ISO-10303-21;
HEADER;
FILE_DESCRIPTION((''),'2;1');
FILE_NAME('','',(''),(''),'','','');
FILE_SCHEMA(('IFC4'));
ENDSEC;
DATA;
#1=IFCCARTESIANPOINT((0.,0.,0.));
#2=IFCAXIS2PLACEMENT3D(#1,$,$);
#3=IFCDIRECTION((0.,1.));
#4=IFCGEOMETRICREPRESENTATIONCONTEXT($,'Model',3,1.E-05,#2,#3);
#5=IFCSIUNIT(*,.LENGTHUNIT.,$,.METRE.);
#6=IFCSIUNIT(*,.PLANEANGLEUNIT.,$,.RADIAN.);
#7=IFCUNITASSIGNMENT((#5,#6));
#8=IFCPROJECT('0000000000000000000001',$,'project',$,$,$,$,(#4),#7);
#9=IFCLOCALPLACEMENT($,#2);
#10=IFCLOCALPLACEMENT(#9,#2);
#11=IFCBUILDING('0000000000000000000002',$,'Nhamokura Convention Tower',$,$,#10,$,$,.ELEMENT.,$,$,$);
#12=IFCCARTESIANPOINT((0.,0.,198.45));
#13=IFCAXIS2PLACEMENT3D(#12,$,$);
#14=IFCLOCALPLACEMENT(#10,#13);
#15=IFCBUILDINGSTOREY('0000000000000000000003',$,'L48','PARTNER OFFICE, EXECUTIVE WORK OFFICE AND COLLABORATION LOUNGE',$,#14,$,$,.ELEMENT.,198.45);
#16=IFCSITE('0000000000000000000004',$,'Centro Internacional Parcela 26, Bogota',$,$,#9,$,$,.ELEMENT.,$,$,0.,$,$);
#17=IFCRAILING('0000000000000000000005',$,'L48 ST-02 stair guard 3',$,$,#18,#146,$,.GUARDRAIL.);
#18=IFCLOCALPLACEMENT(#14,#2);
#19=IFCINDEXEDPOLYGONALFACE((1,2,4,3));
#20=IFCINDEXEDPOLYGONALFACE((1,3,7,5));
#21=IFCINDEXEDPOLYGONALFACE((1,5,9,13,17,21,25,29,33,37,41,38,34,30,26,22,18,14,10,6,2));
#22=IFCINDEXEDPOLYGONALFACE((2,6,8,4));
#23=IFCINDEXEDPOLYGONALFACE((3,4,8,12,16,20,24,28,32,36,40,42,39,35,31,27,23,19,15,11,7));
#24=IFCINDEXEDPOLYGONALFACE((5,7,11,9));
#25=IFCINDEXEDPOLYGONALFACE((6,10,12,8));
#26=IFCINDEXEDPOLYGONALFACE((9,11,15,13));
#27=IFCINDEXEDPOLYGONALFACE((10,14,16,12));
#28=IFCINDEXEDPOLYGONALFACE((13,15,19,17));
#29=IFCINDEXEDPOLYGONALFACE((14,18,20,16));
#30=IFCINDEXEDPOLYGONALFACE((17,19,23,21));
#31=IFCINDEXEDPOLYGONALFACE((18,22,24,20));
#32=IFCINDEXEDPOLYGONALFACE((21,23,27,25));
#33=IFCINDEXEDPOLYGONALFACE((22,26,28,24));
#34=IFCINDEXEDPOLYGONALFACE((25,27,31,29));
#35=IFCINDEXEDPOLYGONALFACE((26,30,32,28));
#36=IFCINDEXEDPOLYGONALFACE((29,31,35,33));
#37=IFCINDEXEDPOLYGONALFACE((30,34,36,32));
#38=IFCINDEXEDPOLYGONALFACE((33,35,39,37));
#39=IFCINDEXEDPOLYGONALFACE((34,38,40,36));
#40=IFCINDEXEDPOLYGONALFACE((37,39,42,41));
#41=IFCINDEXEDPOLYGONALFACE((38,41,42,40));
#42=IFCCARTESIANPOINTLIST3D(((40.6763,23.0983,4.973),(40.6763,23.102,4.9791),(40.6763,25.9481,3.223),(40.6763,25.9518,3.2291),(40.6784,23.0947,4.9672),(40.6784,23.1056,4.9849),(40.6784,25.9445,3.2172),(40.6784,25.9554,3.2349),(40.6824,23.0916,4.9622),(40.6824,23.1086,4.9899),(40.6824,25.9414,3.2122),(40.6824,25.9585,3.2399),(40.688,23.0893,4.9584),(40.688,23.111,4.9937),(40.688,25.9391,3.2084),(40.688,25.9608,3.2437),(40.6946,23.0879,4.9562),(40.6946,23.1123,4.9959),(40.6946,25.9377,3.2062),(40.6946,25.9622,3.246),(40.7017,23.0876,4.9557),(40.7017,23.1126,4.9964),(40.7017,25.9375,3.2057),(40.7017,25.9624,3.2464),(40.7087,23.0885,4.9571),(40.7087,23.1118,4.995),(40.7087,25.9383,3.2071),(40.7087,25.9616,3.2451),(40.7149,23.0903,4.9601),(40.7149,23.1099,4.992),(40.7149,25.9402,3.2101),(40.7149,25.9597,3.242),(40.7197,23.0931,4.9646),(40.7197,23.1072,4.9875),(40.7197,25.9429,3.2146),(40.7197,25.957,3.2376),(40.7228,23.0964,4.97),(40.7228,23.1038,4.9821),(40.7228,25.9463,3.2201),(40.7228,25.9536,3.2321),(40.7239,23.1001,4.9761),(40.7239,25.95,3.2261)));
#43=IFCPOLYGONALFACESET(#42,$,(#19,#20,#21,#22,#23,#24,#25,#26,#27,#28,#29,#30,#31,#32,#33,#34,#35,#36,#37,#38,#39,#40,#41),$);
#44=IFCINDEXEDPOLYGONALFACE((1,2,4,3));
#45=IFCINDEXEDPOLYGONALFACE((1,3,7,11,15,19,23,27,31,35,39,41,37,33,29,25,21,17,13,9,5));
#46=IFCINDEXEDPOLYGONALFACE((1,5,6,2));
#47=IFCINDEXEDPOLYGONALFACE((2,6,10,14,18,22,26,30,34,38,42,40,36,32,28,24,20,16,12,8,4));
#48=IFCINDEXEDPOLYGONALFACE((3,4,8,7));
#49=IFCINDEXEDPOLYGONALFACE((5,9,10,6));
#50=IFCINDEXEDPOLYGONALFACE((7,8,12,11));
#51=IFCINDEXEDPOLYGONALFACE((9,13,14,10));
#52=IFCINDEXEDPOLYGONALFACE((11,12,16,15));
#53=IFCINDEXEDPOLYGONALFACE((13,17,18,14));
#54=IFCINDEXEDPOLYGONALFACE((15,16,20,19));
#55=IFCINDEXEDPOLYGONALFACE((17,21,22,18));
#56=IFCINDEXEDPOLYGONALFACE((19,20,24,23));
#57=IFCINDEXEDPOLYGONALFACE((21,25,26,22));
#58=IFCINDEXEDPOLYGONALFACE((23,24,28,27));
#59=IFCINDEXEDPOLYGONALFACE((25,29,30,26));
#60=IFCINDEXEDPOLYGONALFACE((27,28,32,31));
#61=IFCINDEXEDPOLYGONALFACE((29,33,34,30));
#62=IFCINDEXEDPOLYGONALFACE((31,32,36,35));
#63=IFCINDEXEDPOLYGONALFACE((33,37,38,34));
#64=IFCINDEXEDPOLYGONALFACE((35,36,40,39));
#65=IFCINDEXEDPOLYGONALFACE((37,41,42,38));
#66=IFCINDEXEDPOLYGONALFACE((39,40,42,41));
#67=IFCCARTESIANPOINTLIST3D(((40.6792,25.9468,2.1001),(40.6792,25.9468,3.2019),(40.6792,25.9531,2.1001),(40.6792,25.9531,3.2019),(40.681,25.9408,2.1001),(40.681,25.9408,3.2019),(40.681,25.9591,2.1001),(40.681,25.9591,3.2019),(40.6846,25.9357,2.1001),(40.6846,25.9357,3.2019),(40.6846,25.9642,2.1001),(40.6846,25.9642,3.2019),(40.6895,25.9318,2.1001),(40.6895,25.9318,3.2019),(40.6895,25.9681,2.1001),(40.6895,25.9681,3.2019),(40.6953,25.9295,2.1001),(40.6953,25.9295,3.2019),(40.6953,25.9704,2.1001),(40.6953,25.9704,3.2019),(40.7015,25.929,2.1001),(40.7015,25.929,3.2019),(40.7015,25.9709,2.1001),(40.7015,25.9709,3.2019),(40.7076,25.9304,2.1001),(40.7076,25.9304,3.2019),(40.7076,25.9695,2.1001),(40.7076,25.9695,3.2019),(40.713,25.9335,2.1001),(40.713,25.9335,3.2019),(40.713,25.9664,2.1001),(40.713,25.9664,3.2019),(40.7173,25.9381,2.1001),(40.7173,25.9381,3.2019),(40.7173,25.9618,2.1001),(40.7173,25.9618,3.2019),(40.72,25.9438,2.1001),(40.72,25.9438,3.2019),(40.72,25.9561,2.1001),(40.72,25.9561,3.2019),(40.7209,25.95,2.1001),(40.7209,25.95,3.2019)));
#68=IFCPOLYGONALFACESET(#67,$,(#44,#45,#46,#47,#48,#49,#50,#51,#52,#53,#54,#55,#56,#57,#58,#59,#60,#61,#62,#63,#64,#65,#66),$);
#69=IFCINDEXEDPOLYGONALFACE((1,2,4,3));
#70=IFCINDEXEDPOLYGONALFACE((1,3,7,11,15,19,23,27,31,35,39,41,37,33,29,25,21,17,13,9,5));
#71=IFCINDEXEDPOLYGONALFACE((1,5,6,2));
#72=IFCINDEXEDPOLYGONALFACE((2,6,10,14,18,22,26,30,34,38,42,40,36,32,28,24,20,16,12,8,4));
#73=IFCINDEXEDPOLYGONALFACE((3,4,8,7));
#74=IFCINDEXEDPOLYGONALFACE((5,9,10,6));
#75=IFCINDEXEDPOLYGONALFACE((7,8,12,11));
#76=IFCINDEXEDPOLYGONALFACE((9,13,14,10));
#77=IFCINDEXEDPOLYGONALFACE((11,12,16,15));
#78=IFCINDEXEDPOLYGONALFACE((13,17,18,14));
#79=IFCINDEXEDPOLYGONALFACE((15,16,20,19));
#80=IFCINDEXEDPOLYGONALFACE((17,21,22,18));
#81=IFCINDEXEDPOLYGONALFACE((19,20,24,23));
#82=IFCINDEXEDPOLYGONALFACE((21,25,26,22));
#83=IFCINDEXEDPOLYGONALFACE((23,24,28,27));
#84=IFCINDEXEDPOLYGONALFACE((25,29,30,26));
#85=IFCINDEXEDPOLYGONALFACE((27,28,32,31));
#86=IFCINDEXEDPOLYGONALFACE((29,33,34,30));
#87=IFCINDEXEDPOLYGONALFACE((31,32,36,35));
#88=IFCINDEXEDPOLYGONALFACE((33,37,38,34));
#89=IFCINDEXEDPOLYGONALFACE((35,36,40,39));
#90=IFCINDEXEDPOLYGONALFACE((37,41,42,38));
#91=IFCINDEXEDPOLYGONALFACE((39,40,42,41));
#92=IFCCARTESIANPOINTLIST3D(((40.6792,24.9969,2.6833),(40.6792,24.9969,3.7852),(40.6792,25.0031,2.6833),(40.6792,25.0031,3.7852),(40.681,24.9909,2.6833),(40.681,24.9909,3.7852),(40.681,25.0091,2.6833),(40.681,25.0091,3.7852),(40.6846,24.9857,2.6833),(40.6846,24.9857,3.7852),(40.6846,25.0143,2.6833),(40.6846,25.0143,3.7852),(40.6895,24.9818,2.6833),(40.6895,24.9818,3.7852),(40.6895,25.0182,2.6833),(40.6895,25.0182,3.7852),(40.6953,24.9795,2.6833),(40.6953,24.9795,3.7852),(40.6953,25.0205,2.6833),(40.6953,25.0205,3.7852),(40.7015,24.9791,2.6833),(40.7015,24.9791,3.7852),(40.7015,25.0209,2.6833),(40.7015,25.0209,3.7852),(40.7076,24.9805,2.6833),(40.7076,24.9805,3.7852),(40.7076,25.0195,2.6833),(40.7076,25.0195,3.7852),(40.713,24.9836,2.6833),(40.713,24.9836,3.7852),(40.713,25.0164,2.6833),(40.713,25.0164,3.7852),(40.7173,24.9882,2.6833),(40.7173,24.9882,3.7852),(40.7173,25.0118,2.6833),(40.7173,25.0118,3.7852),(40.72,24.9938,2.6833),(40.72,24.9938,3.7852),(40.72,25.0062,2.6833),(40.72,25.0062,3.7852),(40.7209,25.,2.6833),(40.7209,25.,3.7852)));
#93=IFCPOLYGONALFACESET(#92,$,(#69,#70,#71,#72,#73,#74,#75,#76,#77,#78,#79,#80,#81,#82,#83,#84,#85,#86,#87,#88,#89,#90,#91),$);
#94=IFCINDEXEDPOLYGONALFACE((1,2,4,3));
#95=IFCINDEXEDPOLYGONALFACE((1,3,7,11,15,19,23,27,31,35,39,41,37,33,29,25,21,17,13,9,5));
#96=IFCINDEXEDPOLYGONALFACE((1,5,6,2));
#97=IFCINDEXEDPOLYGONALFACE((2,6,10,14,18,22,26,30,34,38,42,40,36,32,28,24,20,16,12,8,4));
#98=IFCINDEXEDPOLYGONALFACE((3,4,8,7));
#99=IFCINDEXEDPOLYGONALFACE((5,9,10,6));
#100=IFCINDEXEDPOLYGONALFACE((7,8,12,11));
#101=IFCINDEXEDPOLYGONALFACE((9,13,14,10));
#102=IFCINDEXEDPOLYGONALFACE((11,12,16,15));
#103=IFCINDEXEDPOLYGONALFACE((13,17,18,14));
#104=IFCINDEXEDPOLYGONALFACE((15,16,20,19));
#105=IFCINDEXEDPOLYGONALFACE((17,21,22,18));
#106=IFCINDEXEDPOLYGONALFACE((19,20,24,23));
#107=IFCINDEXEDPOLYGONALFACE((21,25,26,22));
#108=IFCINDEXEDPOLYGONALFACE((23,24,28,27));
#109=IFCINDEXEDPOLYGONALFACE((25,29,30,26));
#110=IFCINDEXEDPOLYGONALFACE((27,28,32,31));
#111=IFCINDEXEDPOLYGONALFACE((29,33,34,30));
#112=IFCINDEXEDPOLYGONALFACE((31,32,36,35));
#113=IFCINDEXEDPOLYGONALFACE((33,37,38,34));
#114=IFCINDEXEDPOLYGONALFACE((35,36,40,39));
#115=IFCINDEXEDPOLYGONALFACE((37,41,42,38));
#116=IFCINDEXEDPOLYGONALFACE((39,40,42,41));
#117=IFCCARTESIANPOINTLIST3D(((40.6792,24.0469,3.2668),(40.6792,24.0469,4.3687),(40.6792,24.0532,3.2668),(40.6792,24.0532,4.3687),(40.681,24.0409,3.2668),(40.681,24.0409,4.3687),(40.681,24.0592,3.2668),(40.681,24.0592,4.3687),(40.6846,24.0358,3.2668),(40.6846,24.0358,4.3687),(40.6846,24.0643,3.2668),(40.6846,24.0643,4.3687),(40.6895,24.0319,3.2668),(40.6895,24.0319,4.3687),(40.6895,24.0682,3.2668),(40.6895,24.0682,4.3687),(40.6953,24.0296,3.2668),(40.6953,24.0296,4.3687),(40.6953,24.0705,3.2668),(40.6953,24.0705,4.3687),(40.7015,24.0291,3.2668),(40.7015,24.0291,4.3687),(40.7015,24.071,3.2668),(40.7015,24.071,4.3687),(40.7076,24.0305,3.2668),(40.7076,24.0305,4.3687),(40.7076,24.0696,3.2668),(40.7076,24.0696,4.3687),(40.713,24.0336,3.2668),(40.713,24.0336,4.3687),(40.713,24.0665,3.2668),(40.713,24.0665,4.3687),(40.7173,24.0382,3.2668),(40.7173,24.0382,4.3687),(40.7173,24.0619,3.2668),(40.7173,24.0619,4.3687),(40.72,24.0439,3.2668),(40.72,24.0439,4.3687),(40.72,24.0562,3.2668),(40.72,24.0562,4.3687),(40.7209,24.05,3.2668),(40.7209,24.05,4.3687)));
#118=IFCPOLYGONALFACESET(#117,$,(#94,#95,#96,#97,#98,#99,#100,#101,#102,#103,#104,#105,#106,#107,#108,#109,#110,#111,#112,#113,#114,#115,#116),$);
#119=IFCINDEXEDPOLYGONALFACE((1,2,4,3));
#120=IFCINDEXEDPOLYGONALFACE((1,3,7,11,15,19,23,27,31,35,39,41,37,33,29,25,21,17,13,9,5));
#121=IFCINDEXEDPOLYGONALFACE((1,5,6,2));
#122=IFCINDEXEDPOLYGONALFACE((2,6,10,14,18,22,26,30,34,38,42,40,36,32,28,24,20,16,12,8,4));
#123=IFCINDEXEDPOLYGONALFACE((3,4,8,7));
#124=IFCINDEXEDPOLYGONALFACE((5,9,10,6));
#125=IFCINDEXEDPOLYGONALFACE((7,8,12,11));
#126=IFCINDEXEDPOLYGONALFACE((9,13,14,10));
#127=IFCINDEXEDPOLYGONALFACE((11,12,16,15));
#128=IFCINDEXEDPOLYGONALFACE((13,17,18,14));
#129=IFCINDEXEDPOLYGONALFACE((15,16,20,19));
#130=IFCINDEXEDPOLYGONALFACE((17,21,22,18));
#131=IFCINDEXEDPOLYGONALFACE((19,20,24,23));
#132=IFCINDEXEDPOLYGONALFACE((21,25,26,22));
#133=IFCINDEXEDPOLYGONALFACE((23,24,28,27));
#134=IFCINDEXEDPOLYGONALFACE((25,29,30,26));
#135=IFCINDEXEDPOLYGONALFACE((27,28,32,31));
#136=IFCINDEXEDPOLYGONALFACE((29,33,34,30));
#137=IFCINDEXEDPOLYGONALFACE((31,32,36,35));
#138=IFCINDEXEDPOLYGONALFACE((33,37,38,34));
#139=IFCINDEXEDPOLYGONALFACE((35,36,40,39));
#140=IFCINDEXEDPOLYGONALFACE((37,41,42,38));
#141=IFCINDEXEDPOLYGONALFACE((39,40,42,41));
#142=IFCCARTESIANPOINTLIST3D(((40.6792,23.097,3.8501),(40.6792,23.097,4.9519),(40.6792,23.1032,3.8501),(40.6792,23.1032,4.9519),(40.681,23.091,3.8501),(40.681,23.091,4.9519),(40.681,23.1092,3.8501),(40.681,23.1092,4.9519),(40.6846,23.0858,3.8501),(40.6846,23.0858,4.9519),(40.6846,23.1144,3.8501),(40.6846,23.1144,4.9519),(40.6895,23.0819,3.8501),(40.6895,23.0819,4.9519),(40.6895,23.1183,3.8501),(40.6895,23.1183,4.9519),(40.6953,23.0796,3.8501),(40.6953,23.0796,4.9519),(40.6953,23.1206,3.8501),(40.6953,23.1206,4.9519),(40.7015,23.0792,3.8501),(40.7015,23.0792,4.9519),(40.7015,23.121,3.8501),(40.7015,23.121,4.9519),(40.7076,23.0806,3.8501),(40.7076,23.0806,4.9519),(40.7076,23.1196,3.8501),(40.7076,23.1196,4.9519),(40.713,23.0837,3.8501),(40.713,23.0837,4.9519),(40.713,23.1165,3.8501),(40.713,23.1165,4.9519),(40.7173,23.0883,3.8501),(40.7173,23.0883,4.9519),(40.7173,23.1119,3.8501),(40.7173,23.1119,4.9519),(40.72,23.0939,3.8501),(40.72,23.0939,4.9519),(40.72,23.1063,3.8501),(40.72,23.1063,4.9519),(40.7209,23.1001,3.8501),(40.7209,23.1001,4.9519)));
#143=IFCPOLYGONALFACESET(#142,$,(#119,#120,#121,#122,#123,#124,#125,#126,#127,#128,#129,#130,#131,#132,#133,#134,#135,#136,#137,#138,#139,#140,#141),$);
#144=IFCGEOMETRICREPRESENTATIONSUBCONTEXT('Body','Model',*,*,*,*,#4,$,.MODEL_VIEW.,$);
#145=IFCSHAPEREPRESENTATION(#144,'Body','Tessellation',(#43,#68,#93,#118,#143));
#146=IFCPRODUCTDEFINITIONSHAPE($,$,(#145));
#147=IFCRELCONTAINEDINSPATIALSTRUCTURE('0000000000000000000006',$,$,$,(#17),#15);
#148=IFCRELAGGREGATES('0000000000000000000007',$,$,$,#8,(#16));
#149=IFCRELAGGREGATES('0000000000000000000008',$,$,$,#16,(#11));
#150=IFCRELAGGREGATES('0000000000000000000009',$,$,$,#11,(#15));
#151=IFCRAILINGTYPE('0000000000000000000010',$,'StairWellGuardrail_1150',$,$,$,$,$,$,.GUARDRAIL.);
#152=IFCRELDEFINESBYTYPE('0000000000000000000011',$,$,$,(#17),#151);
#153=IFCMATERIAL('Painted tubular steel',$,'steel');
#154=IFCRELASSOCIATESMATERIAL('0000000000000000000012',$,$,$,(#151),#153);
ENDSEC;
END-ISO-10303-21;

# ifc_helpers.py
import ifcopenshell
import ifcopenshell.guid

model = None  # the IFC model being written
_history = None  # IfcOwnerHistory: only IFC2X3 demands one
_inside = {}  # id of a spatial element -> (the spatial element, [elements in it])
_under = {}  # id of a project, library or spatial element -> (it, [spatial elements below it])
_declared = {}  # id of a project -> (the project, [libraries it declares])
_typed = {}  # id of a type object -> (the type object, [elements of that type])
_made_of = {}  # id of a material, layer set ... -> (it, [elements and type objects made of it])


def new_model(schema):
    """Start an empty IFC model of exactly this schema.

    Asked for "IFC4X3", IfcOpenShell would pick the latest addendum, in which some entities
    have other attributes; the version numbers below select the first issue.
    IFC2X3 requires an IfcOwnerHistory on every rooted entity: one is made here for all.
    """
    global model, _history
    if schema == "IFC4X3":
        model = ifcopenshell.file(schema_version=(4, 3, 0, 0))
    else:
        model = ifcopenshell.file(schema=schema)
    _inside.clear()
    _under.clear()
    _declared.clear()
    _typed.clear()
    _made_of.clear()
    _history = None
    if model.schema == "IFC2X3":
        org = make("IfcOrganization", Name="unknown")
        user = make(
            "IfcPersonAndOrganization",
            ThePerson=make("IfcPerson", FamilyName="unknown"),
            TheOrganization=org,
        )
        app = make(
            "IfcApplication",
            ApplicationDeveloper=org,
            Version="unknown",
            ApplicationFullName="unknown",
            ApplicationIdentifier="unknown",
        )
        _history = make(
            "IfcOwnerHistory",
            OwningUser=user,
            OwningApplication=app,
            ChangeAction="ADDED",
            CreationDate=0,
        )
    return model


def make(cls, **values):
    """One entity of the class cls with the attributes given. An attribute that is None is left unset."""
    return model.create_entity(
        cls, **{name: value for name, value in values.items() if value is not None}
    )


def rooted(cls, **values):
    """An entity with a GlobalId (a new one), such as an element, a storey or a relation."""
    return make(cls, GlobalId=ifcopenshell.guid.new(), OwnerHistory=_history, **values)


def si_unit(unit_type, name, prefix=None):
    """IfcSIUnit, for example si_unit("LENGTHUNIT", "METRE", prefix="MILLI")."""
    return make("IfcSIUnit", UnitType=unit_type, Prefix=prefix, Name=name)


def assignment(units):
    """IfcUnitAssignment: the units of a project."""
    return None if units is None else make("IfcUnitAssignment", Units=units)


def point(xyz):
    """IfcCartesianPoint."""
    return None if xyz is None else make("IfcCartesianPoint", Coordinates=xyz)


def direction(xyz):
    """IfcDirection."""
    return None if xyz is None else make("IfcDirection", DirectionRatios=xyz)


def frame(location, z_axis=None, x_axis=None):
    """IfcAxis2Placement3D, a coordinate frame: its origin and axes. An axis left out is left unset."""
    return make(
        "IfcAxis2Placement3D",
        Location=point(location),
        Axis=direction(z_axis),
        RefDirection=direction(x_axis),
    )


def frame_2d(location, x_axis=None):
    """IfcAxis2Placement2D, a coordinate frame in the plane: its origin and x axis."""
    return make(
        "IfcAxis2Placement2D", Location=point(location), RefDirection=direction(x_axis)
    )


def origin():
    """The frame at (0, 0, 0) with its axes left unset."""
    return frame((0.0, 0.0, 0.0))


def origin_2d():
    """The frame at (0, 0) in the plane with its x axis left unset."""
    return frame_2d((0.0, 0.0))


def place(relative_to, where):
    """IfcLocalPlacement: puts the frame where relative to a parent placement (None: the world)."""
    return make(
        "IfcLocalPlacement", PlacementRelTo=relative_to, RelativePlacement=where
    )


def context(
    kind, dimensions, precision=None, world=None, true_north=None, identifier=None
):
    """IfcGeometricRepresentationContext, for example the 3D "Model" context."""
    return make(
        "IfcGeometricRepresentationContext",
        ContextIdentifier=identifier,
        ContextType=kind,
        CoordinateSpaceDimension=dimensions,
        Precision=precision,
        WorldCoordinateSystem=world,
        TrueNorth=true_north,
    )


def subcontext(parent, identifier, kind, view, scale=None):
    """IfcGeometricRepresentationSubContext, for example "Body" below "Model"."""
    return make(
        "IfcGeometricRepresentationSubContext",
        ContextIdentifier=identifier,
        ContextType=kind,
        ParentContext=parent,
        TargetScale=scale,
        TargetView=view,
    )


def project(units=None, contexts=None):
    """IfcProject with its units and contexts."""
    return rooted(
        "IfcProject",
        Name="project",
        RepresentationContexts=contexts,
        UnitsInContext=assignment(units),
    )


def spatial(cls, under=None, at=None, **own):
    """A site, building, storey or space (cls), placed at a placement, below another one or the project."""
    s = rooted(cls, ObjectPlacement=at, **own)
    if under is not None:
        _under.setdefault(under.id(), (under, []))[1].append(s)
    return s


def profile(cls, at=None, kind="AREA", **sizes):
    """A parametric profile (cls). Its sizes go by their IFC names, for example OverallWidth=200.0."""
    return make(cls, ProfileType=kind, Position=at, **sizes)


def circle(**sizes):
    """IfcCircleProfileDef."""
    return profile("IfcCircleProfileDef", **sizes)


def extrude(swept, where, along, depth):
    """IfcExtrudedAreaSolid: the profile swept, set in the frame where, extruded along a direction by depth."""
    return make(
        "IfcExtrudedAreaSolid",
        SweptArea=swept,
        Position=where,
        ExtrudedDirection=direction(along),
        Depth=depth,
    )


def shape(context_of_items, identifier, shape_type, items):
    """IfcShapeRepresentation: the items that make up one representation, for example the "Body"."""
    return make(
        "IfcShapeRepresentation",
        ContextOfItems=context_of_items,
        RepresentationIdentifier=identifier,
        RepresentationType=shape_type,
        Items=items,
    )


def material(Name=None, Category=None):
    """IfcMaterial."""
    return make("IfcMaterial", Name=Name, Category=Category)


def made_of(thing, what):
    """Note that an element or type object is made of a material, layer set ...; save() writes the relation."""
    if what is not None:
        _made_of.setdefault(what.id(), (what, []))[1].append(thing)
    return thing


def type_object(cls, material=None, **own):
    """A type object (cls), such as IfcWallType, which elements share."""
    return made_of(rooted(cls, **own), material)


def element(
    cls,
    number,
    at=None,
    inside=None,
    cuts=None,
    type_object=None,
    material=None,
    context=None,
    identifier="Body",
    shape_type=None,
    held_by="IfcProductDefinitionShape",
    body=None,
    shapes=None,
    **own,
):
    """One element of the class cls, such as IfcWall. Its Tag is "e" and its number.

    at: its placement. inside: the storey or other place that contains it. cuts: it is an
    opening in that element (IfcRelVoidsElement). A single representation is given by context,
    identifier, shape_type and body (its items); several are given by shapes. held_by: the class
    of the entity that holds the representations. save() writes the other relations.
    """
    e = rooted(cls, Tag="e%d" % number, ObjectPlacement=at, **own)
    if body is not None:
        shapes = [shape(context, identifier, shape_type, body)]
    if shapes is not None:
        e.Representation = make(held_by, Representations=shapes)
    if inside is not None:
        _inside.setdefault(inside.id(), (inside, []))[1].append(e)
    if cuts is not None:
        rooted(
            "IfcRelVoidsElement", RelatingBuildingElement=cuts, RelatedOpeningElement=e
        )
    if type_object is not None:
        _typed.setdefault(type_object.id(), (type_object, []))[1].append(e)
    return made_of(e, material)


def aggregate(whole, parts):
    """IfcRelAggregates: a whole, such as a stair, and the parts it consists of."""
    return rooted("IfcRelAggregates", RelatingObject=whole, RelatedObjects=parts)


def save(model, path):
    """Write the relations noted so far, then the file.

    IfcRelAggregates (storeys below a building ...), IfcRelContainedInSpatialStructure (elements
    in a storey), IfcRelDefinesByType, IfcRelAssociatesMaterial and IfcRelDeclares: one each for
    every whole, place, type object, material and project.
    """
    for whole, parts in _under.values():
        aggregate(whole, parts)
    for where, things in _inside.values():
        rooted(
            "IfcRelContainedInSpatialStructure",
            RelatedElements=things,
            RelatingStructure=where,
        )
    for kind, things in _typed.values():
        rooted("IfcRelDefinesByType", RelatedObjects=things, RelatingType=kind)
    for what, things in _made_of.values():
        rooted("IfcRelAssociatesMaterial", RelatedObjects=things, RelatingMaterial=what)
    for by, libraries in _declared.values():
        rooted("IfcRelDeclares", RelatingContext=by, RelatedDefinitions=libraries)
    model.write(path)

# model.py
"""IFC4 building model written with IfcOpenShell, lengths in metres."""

from ifc_helpers import new_model, si_unit, direction, frame, origin, origin_2d, place, context, subcontext, project, spatial, circle, extrude, material, type_object, element, save


model = new_model("IFC4")

# Units and contexts
model_context = context("Model", 3, precision=1e-05, world=origin(), true_north=direction((0.0, 1.0)))
body_context = subcontext(model_context, "Body", "Model", "MODEL_VIEW")
ifc_project = project(units=[si_unit("LENGTHUNIT", "METRE"), si_unit("PLANEANGLEUNIT", "RADIAN")], contexts=[model_context])

# Site, building, storey
site_placement = place(None, origin())
site = spatial("IfcSite", under=ifc_project, at=site_placement, Name="Centro Internacional Parcela 26, Bogota", CompositionType="ELEMENT", RefElevation=0.0)
building_placement = place(site_placement, origin())
building = spatial("IfcBuilding", under=site, at=building_placement, Name="Nhamokura Convention Tower", CompositionType="ELEMENT")
storey_placement = place(building_placement, frame((0.0, 0.0, 198.45)))
storey = spatial("IfcBuildingStorey", under=building, at=storey_placement, Name="L48", Description="PARTNER OFFICE, EXECUTIVE WORK OFFICE AND COLLABORATION LOUNGE", CompositionType="ELEMENT", Elevation=198.45)

# Railing
ifc_material_1 = material(Name="Painted tubular steel", Category="steel")
railing_type_1 = type_object("IfcRailingType", Name="StairWellGuardrail_1150", PredefinedType="GUARDRAIL", material=ifc_material_1)
railing_1_placement = place(storey_placement, frame((40.7, 25.95, 2.1001)))
element("IfcRailing", 1, at=railing_1_placement, inside=storey, type_object=railing_type_1, Name="L48 ST-02 stair guard 3", PredefinedType="GUARDRAIL", context=body_context, shape_type="SweptSolid", body=[
    extrude(circle(Radius=0.0239, at=origin_2d()), frame((0.0, 0.0, 1.126), z_axis=(0.0, -0.852159, 0.523283), x_axis=(1.0, 0.0, 0.0)), (0.0, 0.0, 1.0), 3.3442),
    extrude(circle(Radius=0.021, at=origin_2d()), origin(), (0.0, 0.0, 1.0), 1.1018),
    extrude(circle(Radius=0.021, at=origin_2d()), frame((0.0, -0.95, 0.5833)), (0.0, 0.0, 1.0), 1.1018),
    extrude(circle(Radius=0.021, at=origin_2d()), frame((0.0, -1.8999, 1.1667)), (0.0, 0.0, 1.0), 1.1018),
    extrude(circle(Radius=0.021, at=origin_2d()), frame((0.0, -2.8499, 1.75)), (0.0, 0.0, 1.0), 1.1018),
])

save(model, "model.ifc")
